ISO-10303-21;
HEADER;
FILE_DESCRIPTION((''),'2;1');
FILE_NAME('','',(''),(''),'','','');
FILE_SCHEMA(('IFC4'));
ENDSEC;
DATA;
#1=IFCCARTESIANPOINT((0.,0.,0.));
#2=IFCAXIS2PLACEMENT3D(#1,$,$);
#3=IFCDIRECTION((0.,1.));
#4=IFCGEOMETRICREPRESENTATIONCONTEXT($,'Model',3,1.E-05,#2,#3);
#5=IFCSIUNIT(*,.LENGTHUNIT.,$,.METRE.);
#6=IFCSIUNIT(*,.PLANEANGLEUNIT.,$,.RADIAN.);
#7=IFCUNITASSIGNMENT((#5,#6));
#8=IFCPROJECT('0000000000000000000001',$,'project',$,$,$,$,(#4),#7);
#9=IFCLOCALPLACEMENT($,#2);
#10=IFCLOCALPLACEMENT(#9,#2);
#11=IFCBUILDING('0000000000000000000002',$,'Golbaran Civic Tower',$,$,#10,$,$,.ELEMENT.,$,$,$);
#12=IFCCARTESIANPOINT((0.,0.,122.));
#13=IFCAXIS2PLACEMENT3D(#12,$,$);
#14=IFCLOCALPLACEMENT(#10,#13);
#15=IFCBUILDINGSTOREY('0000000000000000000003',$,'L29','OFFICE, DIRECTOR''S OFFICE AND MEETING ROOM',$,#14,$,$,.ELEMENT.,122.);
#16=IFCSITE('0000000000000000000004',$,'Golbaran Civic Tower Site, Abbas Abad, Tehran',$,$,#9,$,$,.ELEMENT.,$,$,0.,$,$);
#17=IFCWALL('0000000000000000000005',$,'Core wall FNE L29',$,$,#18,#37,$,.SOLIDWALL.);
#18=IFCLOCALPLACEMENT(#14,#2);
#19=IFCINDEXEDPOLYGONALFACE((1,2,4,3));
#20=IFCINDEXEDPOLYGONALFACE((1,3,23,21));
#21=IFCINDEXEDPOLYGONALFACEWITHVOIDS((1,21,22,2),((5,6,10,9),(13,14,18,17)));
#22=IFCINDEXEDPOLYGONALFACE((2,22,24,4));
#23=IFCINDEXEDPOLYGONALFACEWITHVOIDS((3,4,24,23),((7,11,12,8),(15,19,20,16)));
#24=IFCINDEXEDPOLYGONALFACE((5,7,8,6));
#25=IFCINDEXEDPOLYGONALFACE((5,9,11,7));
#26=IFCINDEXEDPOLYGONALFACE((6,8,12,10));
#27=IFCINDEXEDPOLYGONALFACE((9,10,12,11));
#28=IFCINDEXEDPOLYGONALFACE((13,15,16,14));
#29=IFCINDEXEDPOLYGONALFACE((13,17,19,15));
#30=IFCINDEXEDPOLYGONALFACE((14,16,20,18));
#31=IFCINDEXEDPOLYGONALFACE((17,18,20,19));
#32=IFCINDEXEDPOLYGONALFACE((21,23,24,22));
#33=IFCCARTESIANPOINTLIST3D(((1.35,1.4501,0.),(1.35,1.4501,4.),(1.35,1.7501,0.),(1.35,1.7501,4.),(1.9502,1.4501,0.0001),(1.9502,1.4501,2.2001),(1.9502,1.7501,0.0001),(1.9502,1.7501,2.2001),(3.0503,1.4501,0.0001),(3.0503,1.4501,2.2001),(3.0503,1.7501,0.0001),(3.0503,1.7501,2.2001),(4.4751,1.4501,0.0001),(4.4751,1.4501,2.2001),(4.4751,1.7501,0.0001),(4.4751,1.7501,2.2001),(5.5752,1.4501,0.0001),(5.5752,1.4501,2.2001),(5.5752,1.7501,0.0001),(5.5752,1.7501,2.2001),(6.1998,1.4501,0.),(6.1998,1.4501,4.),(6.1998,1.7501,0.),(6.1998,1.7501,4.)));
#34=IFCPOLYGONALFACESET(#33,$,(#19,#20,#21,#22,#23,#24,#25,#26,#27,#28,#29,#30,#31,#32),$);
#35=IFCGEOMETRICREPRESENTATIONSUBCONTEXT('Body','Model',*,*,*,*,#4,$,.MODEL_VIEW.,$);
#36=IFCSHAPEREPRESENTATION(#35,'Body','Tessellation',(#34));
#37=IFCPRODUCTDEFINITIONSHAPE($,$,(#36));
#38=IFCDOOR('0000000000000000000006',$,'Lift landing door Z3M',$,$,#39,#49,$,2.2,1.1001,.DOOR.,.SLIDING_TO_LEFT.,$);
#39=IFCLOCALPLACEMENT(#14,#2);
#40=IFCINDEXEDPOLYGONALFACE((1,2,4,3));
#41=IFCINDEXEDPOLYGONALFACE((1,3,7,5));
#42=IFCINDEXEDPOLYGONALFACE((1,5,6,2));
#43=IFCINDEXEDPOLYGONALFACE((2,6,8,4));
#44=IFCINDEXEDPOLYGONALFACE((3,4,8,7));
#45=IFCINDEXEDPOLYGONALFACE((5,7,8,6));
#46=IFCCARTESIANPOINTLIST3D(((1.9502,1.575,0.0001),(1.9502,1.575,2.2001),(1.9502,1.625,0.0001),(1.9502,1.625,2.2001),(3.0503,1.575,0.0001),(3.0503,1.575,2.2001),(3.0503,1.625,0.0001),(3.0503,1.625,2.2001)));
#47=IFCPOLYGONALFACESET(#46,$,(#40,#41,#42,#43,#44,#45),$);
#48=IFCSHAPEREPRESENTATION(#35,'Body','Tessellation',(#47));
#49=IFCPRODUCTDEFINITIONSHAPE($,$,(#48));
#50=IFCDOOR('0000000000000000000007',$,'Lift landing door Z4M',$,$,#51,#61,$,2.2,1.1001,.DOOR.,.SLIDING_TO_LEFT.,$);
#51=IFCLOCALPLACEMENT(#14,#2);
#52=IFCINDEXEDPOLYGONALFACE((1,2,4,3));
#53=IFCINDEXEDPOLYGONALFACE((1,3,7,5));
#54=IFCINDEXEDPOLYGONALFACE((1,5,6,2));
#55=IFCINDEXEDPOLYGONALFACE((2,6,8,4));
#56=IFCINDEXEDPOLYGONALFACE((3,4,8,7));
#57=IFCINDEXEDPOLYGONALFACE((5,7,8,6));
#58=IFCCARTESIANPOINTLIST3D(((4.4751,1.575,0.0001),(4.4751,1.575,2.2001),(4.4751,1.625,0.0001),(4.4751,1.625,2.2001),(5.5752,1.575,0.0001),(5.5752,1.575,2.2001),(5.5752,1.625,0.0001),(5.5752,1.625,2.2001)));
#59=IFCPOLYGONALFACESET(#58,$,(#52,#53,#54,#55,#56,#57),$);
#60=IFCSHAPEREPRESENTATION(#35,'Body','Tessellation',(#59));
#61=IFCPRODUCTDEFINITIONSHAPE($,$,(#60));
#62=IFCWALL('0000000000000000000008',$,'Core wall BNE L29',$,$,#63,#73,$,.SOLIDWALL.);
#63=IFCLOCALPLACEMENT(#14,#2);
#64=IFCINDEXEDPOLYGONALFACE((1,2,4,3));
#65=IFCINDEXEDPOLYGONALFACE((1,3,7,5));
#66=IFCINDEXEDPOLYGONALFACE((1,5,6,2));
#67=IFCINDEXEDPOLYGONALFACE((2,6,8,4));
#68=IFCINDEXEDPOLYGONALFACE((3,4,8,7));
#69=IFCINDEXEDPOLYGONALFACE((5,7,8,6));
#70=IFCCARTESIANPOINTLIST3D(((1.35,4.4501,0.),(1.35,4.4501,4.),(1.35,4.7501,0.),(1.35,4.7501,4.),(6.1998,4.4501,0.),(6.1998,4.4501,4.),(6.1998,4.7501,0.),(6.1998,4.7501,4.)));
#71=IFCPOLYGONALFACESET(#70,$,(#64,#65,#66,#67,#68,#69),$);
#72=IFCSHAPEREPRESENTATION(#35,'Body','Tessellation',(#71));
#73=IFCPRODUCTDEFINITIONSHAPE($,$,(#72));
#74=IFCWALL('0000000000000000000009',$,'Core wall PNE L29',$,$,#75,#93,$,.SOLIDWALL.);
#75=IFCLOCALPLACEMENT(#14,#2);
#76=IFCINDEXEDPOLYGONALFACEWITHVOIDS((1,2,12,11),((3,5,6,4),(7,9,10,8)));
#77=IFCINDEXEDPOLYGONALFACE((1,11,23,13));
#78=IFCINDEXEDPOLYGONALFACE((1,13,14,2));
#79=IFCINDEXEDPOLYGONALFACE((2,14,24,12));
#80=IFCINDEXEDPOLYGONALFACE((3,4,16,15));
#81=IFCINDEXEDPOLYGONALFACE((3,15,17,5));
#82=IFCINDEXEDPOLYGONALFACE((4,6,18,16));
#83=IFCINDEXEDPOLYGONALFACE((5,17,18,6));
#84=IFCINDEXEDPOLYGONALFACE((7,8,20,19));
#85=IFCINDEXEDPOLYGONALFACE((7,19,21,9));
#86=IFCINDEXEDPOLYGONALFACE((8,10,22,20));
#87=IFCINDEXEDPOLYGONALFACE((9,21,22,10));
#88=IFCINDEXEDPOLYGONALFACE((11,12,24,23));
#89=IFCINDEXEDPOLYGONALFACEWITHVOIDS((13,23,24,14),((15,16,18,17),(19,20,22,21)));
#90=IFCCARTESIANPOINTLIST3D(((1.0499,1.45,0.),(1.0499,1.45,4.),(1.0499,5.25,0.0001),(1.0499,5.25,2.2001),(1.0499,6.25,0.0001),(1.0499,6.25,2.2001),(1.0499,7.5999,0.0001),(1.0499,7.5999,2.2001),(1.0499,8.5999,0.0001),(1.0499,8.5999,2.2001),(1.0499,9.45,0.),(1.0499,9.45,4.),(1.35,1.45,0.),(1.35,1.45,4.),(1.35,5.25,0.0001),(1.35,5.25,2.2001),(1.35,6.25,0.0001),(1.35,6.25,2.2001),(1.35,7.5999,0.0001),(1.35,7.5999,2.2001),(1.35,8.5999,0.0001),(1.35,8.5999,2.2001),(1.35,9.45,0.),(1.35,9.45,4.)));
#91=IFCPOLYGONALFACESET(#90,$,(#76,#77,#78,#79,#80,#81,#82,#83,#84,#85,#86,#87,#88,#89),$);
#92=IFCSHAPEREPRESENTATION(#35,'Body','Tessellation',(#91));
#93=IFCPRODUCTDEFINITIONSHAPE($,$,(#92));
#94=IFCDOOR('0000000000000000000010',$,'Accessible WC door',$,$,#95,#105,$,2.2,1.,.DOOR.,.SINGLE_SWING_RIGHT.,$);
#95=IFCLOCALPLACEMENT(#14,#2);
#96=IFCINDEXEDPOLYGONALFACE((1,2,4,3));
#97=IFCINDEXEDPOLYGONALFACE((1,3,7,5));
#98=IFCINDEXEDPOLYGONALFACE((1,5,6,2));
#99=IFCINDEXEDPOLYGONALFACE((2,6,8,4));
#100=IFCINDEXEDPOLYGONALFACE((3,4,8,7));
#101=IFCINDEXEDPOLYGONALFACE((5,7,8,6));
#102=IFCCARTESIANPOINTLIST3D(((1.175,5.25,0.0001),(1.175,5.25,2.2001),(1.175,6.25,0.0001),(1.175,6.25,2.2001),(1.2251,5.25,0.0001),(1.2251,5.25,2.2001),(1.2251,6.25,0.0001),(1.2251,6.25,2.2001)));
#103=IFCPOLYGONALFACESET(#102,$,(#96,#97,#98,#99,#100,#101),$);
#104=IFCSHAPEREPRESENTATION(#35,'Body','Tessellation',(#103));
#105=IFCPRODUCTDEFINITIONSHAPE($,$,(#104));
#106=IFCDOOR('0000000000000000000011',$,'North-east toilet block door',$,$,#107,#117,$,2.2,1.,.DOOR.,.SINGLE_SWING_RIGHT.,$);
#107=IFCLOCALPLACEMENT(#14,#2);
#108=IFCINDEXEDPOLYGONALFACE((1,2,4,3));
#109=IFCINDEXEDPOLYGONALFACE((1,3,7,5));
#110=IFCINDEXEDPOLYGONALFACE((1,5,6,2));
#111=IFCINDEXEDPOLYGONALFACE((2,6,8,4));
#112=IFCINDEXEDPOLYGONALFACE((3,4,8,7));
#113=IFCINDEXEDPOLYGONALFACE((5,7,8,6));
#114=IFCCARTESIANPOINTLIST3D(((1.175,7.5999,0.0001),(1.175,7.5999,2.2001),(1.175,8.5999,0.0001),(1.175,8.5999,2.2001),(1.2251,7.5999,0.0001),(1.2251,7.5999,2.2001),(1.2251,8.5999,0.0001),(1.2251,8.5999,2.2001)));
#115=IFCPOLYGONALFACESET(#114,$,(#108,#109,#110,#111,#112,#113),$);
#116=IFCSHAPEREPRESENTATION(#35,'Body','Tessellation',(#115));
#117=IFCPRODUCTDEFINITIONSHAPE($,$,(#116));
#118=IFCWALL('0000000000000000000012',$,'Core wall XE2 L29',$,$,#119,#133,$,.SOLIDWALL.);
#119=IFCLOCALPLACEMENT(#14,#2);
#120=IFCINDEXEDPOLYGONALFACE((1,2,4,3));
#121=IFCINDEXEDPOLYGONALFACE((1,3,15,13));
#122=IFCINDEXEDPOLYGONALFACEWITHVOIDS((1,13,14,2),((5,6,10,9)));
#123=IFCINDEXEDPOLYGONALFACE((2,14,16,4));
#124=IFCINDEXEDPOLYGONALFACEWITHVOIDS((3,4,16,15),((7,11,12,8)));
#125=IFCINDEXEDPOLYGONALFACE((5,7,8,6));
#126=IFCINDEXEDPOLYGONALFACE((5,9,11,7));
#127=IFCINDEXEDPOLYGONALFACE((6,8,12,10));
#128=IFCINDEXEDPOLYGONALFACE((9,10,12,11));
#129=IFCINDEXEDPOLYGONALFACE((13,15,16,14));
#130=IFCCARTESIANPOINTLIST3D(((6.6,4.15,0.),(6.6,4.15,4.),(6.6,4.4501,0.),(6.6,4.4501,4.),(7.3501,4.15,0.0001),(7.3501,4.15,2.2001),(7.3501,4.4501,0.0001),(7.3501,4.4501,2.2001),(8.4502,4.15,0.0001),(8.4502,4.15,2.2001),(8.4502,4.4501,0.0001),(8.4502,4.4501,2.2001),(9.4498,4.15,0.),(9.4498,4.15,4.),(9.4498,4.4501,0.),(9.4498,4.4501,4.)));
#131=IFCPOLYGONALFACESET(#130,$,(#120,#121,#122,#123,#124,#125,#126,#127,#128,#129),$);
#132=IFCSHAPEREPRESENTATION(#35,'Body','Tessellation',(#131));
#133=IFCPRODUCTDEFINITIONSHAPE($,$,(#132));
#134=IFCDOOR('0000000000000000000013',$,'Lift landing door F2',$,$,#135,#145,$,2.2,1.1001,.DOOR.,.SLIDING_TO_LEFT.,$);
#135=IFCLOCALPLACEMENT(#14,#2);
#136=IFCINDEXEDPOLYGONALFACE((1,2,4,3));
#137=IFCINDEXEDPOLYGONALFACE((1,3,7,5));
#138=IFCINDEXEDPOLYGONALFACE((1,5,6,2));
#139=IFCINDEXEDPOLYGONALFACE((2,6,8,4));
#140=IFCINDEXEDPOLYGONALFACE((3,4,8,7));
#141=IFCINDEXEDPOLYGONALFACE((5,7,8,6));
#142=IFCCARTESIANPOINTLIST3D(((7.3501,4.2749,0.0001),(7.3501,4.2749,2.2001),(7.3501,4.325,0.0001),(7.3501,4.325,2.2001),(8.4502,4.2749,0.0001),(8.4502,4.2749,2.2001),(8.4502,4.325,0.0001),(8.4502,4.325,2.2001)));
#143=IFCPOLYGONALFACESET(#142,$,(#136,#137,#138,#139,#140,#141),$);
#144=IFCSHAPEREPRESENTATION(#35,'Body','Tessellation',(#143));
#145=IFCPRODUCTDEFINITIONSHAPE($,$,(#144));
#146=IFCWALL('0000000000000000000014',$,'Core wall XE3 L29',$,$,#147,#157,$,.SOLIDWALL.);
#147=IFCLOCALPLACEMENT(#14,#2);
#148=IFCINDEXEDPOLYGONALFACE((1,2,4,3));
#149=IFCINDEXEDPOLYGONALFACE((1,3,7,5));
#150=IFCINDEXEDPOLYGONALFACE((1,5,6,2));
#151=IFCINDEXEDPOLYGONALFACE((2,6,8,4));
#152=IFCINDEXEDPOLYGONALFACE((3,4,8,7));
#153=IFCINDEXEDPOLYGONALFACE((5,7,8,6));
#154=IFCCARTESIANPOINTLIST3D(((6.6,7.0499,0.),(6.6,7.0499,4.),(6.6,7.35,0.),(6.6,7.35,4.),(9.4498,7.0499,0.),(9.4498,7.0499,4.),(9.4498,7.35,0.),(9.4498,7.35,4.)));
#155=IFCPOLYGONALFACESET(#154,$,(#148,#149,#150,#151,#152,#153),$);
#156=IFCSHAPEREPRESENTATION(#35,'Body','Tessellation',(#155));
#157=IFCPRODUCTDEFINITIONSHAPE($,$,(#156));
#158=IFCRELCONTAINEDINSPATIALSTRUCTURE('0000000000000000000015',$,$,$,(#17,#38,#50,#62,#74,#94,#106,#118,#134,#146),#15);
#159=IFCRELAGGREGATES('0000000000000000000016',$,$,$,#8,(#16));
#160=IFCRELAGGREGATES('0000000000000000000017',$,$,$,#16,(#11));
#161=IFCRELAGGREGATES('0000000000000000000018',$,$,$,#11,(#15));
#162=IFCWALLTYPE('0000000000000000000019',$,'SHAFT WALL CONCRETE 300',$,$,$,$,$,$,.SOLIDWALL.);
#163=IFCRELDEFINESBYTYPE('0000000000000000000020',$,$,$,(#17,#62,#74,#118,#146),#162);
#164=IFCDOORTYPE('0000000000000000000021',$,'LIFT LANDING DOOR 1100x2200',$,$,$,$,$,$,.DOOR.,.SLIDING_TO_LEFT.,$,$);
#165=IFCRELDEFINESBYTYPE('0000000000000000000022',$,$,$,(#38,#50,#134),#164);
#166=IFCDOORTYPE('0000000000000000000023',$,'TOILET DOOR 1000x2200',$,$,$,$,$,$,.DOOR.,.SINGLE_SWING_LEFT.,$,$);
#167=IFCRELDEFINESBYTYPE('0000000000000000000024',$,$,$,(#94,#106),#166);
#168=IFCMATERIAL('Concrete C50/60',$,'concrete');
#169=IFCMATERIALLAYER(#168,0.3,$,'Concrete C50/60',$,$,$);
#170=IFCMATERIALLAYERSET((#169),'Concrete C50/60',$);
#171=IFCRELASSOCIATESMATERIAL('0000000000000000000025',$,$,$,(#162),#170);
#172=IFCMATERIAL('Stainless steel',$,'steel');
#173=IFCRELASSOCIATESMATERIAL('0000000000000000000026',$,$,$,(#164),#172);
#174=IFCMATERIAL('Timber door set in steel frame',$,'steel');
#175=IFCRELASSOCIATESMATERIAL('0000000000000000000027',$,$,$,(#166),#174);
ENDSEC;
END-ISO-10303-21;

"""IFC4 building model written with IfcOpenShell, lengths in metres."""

from ifc_helpers import new_model, si_unit, direction, frame, frame_2d, origin, place, context, subcontext, project, spatial, rectangle, extrude, material, layer, layer_set, type_object, element, fill, save


model = new_model("IFC4")

# Units and contexts
model_context = context("Model", 3, precision=1e-05, world=origin(), true_north=direction((0.0, 1.0)))
body_context = subcontext(model_context, "Body", "Model", "MODEL_VIEW")
ifc_project = project(units=[si_unit("LENGTHUNIT", "METRE"), si_unit("PLANEANGLEUNIT", "RADIAN")], contexts=[model_context])

# Site, building, storey
site_placement = place(None, origin())
site = spatial("IfcSite", under=ifc_project, at=site_placement, Name="Golbaran Civic Tower Site, Abbas Abad, Tehran", CompositionType="ELEMENT", RefElevation=0.0)
building_placement = place(site_placement, origin())
building = spatial("IfcBuilding", under=site, at=building_placement, Name="Golbaran Civic Tower", CompositionType="ELEMENT")
storey_placement = place(building_placement, frame((0.0, 0.0, 122.0)))
storey = spatial("IfcBuildingStorey", under=building, at=storey_placement, Name="L29", Description="OFFICE, DIRECTOR'S OFFICE AND MEETING ROOM", CompositionType="ELEMENT", Elevation=122.0)

# Shared definitions
ifc_material_1 = material(Name="Timber door set in steel frame", Category="steel")

# Shared definitions
ifc_material_2 = material(Name="Concrete C50/60", Category="concrete")

# Wall, openings, doors
ifc_layer_1 = layer(ifc_material_2, 0.3, Name="Concrete C50/60")
ifc_layer_set_1 = layer_set([ifc_layer_1], Name="Concrete C50/60")
wall_type_1 = type_object("IfcWallType", Name="SHAFT WALL CONCRETE 300", PredefinedType="SOLIDWALL", material=ifc_layer_set_1)
wall_1_placement = place(storey_placement, frame((1.3501, 1.6001, 0.0), z_axis=(0.0, 0.0, 1.0), x_axis=(1.0, 0.0, 0.0)))
wall_1 = element("IfcWall", 1, at=wall_1_placement, inside=storey, type_object=wall_type_1, Name="Core wall FNE L29", PredefinedType="SOLIDWALL", context=body_context, shape_type="SweptSolid", body=[
    extrude(rectangle(XDim=4.8499, YDim=0.3, at=frame_2d((2.4248, 0.0))), origin(), (0.0, 0.0, 1.0), 4.0),
])
opening_1_placement = place(wall_1_placement, frame((0.6001, 0.0, 0.0)))
opening_1 = element("IfcOpeningElement", 2, at=opening_1_placement, cuts=wall_1, PredefinedType="OPENING", context=body_context, shape_type="SweptSolid", body=[
    extrude(rectangle(XDim=1.1001, YDim=2.2, at=frame_2d((0.55, 1.1001))), frame((0.0, 0.1599, 0.0), z_axis=(0.0, -1.0, 0.0), x_axis=(1.0, 0.0, 0.0)), (0.0, 0.0, 1.0), 0.3201),
])
opening_2_placement = place(wall_1_placement, frame((3.125, 0.0, 0.0)))
opening_2 = element("IfcOpeningElement", 3, at=opening_2_placement, cuts=wall_1, PredefinedType="OPENING", context=body_context, shape_type="SweptSolid", body=[
    extrude(rectangle(XDim=1.1001, YDim=2.2, at=frame_2d((0.55, 1.1001))), frame((0.0, 0.1599, 0.0), z_axis=(0.0, -1.0, 0.0), x_axis=(1.0, 0.0, 0.0)), (0.0, 0.0, 1.0), 0.3201),
])
ifc_material_3 = material(Name="Stainless steel", Category="steel")
door_type_1 = type_object("IfcDoorType", Name="LIFT LANDING DOOR 1100x2200", OperationType="SLIDING_TO_LEFT", PredefinedType="DOOR", material=ifc_material_3)
door_1_placement = place(opening_1_placement, origin())
door_1 = element("IfcDoor", 4, at=door_1_placement, inside=storey, type_object=door_type_1, Name="Lift landing door Z3M", OperationType="SLIDING_TO_LEFT", OverallHeight=2.2, OverallWidth=1.1001, PredefinedType="DOOR", context=body_context, shape_type="SweptSolid", body=[
    extrude(rectangle(XDim=1.1001, YDim=2.2, at=frame_2d((0.55, 1.1001))), frame((0.0, 0.0249, 0.0), z_axis=(0.0, -1.0, 0.0), x_axis=(1.0, 0.0, 0.0)), (0.0, 0.0, 1.0), 0.05),
])
fill(opening_1, door_1)
door_2_placement = place(opening_2_placement, origin())
door_2 = element("IfcDoor", 5, at=door_2_placement, inside=storey, type_object=door_type_1, Name="Lift landing door Z4M", OperationType="SLIDING_TO_LEFT", OverallHeight=2.2, OverallWidth=1.1001, PredefinedType="DOOR", context=body_context, shape_type="SweptSolid", body=[
    extrude(rectangle(XDim=1.1001, YDim=2.2, at=frame_2d((0.55, 1.1001))), frame((0.0, 0.0249, 0.0), z_axis=(0.0, -1.0, 0.0), x_axis=(1.0, 0.0, 0.0)), (0.0, 0.0, 1.0), 0.05),
])
fill(opening_2, door_2)

# Wall
wall_2_placement = place(storey_placement, frame((1.3501, 4.6001, 0.0), z_axis=(0.0, 0.0, 1.0), x_axis=(1.0, 0.0, 0.0)))
element("IfcWall", 6, at=wall_2_placement, inside=storey, type_object=wall_type_1, Name="Core wall BNE L29", PredefinedType="SOLIDWALL", context=body_context, shape_type="SweptSolid", body=[
    extrude(rectangle(XDim=4.8499, YDim=0.3, at=frame_2d((2.4248, 0.0))), origin(), (0.0, 0.0, 1.0), 4.0),
])

# Wall, openings, doors
wall_3_placement = place(storey_placement, frame((1.2, 1.45, 0.0), z_axis=(0.0, 0.0, 1.0), x_axis=(0.0, 1.0, 0.0)))
wall_3 = element("IfcWall", 7, at=wall_3_placement, inside=storey, type_object=wall_type_1, Name="Core wall PNE L29", PredefinedType="SOLIDWALL", context=body_context, shape_type="SweptSolid", body=[
    extrude(rectangle(XDim=8.0, YDim=0.3, at=frame_2d((4.0, 0.0))), origin(), (0.0, 0.0, 1.0), 4.0),
])
opening_3_placement = place(wall_3_placement, frame((3.8, 0.0, 0.0)))
opening_3 = element("IfcOpeningElement", 8, at=opening_3_placement, cuts=wall_3, PredefinedType="OPENING", context=body_context, shape_type="SweptSolid", body=[
    extrude(rectangle(XDim=1.0, YDim=2.2, at=frame_2d((0.5, 1.1001))), frame((0.0, 0.1599, 0.0), z_axis=(0.0, -1.0, 0.0), x_axis=(1.0, 0.0, 0.0)), (0.0, 0.0, 1.0), 0.3201),
])
opening_4_placement = place(wall_3_placement, frame((6.1499, 0.0, 0.0)))
opening_4 = element("IfcOpeningElement", 9, at=opening_4_placement, cuts=wall_3, PredefinedType="OPENING", context=body_context, shape_type="SweptSolid", body=[
    extrude(rectangle(XDim=1.0, YDim=2.2, at=frame_2d((0.5, 1.1001))), frame((0.0, 0.1599, 0.0), z_axis=(0.0, -1.0, 0.0), x_axis=(1.0, 0.0, 0.0)), (0.0, 0.0, 1.0), 0.3201),
])
door_type_2 = type_object("IfcDoorType", Name="TOILET DOOR 1000x2200", OperationType="SINGLE_SWING_LEFT", PredefinedType="DOOR", material=ifc_material_1)
door_3_placement = place(opening_3_placement, origin())
door_3 = element("IfcDoor", 10, at=door_3_placement, inside=storey, type_object=door_type_2, Name="Accessible WC door", OperationType="SINGLE_SWING_RIGHT", OverallHeight=2.2, OverallWidth=1.0, PredefinedType="DOOR", context=body_context, shape_type="SweptSolid", body=[
    extrude(rectangle(XDim=1.0, YDim=2.2, at=frame_2d((0.5, 1.1001))), frame((0.0, 0.0249, 0.0), z_axis=(0.0, -1.0, 0.0), x_axis=(1.0, 0.0, 0.0)), (0.0, 0.0, 1.0), 0.05),
])
fill(opening_3, door_3)
door_4_placement = place(opening_4_placement, origin())
door_4 = element("IfcDoor", 11, at=door_4_placement, inside=storey, type_object=door_type_2, Name="North-east toilet block door", OperationType="SINGLE_SWING_RIGHT", OverallHeight=2.2, OverallWidth=1.0, PredefinedType="DOOR", context=body_context, shape_type="SweptSolid", body=[
    extrude(rectangle(XDim=1.0, YDim=2.2, at=frame_2d((0.5, 1.1001))), frame((0.0, 0.0249, 0.0), z_axis=(0.0, -1.0, 0.0), x_axis=(1.0, 0.0, 0.0)), (0.0, 0.0, 1.0), 0.05),
])
fill(opening_4, door_4)

# Wall, opening, door
wall_4_placement = place(storey_placement, frame((6.6001, 4.3, 0.0), z_axis=(0.0, 0.0, 1.0), x_axis=(1.0, 0.0, 0.0)))
wall_4 = element("IfcWall", 12, at=wall_4_placement, inside=storey, type_object=wall_type_1, Name="Core wall XE2 L29", PredefinedType="SOLIDWALL", context=body_context, shape_type="SweptSolid", body=[
    extrude(rectangle(XDim=2.8499, YDim=0.3, at=frame_2d((1.4248, 0.0))), origin(), (0.0, 0.0, 1.0), 4.0),
])
opening_5_placement = place(wall_4_placement, frame((0.75, 0.0, 0.0)))
opening_5 = element("IfcOpeningElement", 13, at=opening_5_placement, cuts=wall_4, PredefinedType="OPENING", context=body_context, shape_type="SweptSolid", body=[
    extrude(rectangle(XDim=1.1001, YDim=2.2, at=frame_2d((0.55, 1.1001))), frame((0.0, 0.1599, 0.0), z_axis=(0.0, -1.0, 0.0), x_axis=(1.0, 0.0, 0.0)), (0.0, 0.0, 1.0), 0.3201),
])
door_5_placement = place(opening_5_placement, origin())
door_5 = element("IfcDoor", 14, at=door_5_placement, inside=storey, type_object=door_type_1, Name="Lift landing door F2", OperationType="SLIDING_TO_LEFT", OverallHeight=2.2, OverallWidth=1.1001, PredefinedType="DOOR", context=body_context, shape_type="SweptSolid", body=[
    extrude(rectangle(XDim=1.1001, YDim=2.2, at=frame_2d((0.55, 1.1001))), frame((0.0, 0.0249, 0.0), z_axis=(0.0, -1.0, 0.0), x_axis=(1.0, 0.0, 0.0)), (0.0, 0.0, 1.0), 0.05),
])
fill(opening_5, door_5)

# Wall
wall_5_placement = place(storey_placement, frame((6.6001, 7.2, 0.0), z_axis=(0.0, 0.0, 1.0), x_axis=(1.0, 0.0, 0.0)))
element("IfcWall", 15, at=wall_5_placement, inside=storey, type_object=wall_type_1, Name="Core wall XE3 L29", PredefinedType="SOLIDWALL", context=body_context, shape_type="SweptSolid", body=[
    extrude(rectangle(XDim=2.8499, YDim=0.3, at=frame_2d((1.4248, 0.0))), origin(), (0.0, 0.0, 1.0), 4.0),
])

save(model, "model.ifc")
